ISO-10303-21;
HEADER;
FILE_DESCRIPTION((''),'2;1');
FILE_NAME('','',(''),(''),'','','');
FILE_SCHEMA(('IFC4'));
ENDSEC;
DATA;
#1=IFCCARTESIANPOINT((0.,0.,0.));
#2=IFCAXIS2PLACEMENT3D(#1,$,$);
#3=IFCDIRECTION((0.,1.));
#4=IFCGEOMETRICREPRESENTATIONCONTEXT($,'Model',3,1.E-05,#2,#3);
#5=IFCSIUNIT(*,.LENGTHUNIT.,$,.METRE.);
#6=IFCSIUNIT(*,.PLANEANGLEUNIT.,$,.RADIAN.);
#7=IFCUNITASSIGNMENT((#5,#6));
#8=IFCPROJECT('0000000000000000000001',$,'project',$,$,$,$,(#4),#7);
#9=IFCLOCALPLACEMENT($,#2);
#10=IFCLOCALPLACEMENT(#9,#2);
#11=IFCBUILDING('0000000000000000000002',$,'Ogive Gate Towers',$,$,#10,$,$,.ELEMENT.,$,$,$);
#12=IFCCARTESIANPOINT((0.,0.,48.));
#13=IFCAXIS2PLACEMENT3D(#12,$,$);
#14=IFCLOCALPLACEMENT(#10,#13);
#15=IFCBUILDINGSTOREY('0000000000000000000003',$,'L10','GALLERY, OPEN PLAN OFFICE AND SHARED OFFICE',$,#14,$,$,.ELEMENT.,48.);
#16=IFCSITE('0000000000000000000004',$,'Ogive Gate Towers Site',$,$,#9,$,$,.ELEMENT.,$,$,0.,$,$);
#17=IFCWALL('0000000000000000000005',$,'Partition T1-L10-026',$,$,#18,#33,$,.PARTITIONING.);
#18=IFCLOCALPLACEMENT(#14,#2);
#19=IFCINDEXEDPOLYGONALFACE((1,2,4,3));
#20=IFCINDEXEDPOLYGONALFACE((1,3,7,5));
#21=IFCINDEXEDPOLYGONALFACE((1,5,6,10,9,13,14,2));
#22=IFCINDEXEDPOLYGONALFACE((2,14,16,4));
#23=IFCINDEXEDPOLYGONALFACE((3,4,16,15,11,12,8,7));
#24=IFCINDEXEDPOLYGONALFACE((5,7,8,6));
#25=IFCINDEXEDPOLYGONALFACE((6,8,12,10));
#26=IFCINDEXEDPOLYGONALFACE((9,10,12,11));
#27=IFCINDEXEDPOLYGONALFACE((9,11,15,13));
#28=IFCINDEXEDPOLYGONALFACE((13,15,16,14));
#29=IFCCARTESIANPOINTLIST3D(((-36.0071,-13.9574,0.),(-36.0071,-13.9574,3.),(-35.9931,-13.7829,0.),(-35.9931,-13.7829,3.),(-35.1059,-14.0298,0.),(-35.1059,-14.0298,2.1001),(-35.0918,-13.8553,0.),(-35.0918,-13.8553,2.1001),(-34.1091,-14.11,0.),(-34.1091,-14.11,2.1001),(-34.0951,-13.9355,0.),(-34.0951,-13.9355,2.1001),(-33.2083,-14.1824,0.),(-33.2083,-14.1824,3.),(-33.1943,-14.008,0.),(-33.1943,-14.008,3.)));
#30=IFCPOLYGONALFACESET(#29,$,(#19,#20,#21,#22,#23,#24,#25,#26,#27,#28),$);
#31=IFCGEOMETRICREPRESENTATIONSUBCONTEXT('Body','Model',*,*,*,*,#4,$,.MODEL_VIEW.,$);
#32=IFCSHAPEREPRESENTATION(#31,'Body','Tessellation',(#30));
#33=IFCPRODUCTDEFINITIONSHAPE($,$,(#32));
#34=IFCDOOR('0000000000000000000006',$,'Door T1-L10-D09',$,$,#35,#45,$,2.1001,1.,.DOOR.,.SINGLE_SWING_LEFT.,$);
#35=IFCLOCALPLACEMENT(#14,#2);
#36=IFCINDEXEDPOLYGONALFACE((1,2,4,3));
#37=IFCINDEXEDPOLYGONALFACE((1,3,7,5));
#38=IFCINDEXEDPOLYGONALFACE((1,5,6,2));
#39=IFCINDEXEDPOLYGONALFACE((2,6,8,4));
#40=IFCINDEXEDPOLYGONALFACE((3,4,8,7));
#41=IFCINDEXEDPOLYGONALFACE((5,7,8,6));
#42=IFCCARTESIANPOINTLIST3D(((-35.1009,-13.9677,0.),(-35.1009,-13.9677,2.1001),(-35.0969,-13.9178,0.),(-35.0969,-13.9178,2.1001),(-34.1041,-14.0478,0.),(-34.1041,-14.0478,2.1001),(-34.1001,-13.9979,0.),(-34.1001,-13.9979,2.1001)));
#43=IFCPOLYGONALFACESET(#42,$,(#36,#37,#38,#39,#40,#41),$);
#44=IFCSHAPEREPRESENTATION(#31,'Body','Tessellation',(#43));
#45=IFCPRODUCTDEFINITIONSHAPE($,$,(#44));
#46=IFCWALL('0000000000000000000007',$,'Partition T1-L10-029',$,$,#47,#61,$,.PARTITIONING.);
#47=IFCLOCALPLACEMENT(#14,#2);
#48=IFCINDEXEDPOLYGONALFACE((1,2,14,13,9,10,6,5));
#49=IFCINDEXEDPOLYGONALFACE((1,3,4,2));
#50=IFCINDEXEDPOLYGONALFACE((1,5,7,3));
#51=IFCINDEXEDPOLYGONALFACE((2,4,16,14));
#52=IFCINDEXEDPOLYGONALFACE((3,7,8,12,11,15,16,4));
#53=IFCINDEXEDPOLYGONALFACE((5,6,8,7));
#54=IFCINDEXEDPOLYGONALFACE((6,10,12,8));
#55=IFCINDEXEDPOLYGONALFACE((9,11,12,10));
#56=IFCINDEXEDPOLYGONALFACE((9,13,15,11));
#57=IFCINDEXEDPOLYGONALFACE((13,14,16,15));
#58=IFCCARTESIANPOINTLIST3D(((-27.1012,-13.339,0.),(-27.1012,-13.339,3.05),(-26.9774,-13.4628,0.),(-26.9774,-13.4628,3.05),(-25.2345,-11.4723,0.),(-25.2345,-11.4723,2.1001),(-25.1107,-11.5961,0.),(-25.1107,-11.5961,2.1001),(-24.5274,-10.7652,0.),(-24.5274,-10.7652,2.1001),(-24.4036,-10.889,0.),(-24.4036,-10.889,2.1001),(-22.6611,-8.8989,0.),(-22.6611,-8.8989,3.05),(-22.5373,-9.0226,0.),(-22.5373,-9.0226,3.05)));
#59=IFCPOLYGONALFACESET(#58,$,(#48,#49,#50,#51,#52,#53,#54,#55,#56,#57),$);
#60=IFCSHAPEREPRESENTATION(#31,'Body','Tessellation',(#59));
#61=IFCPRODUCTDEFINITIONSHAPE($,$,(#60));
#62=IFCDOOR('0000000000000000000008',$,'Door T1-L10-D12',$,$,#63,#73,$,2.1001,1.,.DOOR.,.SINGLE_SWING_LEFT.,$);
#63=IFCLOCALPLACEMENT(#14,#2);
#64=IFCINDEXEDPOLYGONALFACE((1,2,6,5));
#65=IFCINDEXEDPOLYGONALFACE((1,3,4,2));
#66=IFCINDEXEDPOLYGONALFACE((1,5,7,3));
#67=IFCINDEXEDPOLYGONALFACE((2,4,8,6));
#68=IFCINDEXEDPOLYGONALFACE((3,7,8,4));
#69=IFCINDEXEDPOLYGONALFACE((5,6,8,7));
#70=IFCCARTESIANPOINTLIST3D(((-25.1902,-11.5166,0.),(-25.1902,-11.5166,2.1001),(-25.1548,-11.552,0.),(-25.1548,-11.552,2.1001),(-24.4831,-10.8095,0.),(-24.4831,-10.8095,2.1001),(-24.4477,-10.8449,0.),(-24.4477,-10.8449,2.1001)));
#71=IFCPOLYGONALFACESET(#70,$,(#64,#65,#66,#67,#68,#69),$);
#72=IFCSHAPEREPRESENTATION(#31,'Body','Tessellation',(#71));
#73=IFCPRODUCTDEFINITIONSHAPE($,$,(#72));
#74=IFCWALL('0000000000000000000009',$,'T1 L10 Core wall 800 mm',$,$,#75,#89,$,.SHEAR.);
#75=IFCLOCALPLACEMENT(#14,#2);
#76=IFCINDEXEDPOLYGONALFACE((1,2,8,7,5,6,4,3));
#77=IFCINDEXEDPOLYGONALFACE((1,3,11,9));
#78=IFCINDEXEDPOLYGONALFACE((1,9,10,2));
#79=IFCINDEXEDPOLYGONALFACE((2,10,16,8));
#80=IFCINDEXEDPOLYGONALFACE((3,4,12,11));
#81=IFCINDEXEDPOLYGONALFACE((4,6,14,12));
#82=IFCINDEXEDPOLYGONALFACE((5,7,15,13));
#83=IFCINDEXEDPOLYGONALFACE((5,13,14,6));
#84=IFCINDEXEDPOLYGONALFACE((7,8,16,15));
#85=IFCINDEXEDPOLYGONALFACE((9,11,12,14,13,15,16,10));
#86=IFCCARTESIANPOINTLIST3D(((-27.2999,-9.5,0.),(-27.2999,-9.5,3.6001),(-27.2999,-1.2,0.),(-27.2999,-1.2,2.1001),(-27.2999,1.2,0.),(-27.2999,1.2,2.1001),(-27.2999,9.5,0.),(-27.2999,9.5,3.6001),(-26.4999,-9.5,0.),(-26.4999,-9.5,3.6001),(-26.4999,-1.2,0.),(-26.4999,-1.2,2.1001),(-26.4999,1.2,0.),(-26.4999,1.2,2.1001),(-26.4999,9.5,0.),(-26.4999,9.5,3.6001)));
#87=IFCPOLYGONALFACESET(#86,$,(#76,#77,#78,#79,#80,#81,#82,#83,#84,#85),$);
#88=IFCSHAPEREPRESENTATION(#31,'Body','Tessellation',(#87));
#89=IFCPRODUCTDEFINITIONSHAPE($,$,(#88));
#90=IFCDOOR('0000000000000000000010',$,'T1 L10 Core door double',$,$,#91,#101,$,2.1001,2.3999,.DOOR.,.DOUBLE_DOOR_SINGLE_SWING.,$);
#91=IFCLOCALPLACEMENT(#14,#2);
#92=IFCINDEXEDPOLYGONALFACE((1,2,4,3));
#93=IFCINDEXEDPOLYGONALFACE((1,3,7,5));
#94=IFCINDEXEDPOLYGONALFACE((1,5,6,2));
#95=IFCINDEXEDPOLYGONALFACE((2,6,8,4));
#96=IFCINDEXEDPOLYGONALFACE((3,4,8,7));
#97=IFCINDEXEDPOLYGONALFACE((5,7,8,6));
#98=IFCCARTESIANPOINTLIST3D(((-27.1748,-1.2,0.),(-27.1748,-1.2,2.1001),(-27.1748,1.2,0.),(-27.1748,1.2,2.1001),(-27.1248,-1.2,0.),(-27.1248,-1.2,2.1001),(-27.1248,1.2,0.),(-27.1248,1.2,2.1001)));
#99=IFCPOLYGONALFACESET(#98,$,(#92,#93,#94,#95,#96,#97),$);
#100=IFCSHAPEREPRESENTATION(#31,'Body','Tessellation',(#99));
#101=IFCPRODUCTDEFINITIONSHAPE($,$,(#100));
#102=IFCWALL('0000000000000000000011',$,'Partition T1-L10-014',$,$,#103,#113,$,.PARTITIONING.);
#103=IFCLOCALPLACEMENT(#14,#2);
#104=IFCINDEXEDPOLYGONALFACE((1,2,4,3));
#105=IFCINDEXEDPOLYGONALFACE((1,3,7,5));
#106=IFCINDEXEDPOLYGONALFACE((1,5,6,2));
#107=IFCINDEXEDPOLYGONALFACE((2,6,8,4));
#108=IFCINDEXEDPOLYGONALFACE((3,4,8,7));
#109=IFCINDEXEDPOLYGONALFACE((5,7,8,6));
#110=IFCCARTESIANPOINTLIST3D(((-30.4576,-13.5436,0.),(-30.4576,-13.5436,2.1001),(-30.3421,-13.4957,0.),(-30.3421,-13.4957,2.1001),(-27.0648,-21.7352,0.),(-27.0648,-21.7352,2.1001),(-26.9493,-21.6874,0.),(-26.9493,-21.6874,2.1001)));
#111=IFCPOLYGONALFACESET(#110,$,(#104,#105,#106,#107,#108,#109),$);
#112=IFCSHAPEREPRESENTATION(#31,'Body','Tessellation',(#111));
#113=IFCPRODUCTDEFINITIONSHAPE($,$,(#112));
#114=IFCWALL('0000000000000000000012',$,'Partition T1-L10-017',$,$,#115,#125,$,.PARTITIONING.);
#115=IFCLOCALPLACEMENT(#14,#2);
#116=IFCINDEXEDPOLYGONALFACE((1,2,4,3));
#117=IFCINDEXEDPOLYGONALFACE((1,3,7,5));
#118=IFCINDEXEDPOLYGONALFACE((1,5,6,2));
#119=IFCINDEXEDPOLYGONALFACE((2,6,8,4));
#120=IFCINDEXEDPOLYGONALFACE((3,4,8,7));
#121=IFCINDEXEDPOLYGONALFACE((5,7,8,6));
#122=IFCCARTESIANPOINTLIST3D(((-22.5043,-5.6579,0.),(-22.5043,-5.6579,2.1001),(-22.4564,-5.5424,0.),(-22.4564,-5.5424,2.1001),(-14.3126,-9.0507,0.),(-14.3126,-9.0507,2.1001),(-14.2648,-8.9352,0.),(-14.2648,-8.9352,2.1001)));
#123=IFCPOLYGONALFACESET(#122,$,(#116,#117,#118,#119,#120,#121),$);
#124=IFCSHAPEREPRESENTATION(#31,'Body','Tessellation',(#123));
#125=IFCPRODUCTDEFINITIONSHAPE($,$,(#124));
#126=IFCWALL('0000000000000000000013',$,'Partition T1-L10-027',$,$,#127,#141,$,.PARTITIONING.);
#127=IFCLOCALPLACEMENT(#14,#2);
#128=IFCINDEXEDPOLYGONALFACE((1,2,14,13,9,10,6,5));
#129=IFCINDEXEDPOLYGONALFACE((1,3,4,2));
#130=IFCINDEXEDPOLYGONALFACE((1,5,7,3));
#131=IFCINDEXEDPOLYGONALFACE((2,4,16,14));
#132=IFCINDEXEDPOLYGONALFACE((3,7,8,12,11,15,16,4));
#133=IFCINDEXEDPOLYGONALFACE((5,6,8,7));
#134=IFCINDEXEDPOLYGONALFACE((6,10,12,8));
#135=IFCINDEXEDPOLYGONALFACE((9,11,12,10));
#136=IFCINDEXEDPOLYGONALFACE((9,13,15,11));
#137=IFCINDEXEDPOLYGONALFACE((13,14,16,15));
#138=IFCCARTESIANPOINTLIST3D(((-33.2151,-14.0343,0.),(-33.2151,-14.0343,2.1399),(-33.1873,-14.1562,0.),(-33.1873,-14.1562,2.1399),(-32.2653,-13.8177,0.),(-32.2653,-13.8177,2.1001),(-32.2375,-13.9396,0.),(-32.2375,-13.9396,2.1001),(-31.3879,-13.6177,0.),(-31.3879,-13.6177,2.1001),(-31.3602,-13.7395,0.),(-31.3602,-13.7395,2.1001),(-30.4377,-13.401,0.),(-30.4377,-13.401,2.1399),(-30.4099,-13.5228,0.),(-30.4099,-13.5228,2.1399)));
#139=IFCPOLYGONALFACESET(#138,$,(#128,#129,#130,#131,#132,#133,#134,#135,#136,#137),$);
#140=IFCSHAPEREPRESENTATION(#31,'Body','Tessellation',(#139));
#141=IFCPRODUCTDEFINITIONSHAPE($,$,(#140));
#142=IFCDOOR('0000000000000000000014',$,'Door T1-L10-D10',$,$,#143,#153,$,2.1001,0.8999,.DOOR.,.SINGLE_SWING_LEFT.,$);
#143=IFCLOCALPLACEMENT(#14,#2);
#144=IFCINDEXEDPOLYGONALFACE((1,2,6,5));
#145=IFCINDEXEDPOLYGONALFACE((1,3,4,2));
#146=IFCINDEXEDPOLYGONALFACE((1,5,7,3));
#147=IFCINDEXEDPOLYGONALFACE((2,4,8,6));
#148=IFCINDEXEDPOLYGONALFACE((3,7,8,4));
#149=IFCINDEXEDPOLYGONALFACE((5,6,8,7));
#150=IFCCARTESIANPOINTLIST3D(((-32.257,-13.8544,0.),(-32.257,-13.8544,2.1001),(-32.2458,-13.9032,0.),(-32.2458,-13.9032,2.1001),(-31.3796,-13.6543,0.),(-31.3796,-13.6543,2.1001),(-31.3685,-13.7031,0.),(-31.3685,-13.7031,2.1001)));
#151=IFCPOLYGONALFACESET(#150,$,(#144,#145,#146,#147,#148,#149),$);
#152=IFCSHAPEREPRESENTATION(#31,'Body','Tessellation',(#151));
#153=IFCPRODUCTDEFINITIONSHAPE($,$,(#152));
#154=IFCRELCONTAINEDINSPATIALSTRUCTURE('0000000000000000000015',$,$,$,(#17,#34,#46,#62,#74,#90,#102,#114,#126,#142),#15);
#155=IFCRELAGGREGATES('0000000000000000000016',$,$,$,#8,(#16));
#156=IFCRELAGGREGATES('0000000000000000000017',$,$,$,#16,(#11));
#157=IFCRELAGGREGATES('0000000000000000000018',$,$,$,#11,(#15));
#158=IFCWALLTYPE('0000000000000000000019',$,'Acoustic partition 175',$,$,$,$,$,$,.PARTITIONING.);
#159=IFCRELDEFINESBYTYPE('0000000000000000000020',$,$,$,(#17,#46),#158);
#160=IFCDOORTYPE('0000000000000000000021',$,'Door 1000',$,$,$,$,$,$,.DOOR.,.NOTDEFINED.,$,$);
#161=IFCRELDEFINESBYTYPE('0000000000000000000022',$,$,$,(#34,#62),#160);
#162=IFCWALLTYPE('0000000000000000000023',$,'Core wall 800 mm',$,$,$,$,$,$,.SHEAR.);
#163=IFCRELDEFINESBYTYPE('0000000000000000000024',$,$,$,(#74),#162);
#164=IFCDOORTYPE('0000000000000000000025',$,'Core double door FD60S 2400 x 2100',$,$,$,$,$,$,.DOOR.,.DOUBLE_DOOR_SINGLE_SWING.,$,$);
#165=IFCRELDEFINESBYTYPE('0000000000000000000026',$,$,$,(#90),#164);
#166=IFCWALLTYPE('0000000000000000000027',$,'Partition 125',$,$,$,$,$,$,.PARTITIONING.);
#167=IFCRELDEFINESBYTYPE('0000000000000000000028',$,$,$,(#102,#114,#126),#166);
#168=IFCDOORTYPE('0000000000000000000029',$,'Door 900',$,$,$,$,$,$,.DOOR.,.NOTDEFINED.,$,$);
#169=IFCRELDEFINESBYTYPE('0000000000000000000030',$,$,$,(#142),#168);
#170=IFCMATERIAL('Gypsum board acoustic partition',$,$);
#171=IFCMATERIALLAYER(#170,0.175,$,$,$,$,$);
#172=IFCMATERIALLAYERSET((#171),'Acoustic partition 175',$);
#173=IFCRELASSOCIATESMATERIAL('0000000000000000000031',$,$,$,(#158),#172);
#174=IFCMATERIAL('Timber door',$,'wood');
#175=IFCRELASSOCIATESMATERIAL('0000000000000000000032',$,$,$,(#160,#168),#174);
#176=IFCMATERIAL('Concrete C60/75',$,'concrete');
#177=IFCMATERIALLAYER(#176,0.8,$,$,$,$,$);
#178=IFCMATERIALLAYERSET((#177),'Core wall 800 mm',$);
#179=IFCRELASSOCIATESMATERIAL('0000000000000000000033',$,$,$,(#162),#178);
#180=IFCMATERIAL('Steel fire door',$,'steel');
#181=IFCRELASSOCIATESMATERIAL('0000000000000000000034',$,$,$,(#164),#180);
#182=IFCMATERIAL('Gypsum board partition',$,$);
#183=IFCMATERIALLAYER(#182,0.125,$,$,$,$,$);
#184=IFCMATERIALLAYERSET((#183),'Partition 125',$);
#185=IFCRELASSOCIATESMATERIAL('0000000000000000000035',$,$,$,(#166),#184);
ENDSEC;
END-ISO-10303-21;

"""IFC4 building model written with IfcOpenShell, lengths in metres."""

from ifc_helpers import new_model, si_unit, direction, frame, frame_2d, origin, place, context, subcontext, project, spatial, rectangle, extrude, material, layer, layer_set, type_object, element, fill, save


model = new_model("IFC4")

# Units and contexts
model_context = context("Model", 3, precision=1e-05, world=origin(), true_north=direction((0.0, 1.0)))
body_context = subcontext(model_context, "Body", "Model", "MODEL_VIEW")
ifc_project = project(units=[si_unit("LENGTHUNIT", "METRE"), si_unit("PLANEANGLEUNIT", "RADIAN")], contexts=[model_context])

# Site, building, storey
site_placement = place(None, origin())
site = spatial("IfcSite", under=ifc_project, at=site_placement, Name="Ogive Gate Towers Site", CompositionType="ELEMENT", RefElevation=0.0)
building_placement = place(site_placement, origin())
building = spatial("IfcBuilding", under=site, at=building_placement, Name="Ogive Gate Towers", CompositionType="ELEMENT")
storey_placement = place(building_placement, frame((0.0, 0.0, 48.0)))
storey = spatial("IfcBuildingStorey", under=building, at=storey_placement, Name="L10", Description="GALLERY, OPEN PLAN OFFICE AND SHARED OFFICE", CompositionType="ELEMENT", Elevation=48.0)

# Shared definitions
ifc_material_1 = material(Name="Gypsum board acoustic partition")
ifc_layer_1 = layer(ifc_material_1, 0.175)
ifc_layer_set_1 = layer_set([ifc_layer_1], Name="Acoustic partition 175")
wall_type_1 = type_object("IfcWallType", Name="Acoustic partition 175", PredefinedType="PARTITIONING", material=ifc_layer_set_1)

# Walls, openings, doors
wall_1_placement = place(storey_placement, frame((-36.0, -13.8701, 0.0), z_axis=(0.0, 0.0, 1.0), x_axis=(0.996781, -0.080167, 0.0)))
wall_1 = element("IfcWall", 1, at=wall_1_placement, inside=storey, type_object=wall_type_1, Name="Partition T1-L10-026", PredefinedType="PARTITIONING", context=body_context, shape_type="SweptSolid", body=[
    extrude(rectangle(XDim=2.8079, YDim=0.175, at=frame_2d((1.4038, 0.0))), origin(), (0.0, 0.0, 1.0), 3.0),
])
opening_1_placement = place(wall_1_placement, frame((0.9041, 0.0, 0.0)))
opening_1 = element("IfcOpeningElement", 2, at=opening_1_placement, cuts=wall_1, PredefinedType="OPENING", context=body_context, shape_type="SweptSolid", body=[
    extrude(rectangle(XDim=1.0, YDim=2.1001, at=frame_2d((0.5, 1.05))), frame((0.0, 0.0977, 0.0), z_axis=(0.0, -1.0, 0.0), x_axis=(1.0, 0.0, 0.0)), (0.0, 0.0, 1.0), 0.1951),
])
ifc_material_2 = material(Name="Timber door", Category="wood")
door_type_1 = type_object("IfcDoorType", Name="Door 1000", OperationType="NOTDEFINED", PredefinedType="DOOR", material=ifc_material_2)
door_1_placement = place(opening_1_placement, origin())
door_1 = element("IfcDoor", 3, at=door_1_placement, inside=storey, type_object=door_type_1, Name="Door T1-L10-D09", OperationType="SINGLE_SWING_LEFT", OverallHeight=2.1001, OverallWidth=1.0, PredefinedType="DOOR", context=body_context, shape_type="SweptSolid", body=[
    extrude(rectangle(XDim=1.0, YDim=2.1001, at=frame_2d((0.5, 1.05))), frame((0.0, 0.0249, 0.0), z_axis=(0.0, -1.0, 0.0), x_axis=(1.0, 0.0, 0.0)), (0.0, 0.0, 1.0), 0.05),
])
fill(opening_1, door_1)
wall_2_placement = place(storey_placement, frame((-27.0393, -13.4009, 0.0), z_axis=(0.0, 0.0, 1.0), x_axis=(0.707107, 0.707107, 0.0)))
wall_2 = element("IfcWall", 4, at=wall_2_placement, inside=storey, type_object=wall_type_1, Name="Partition T1-L10-029", PredefinedType="PARTITIONING", context=body_context, shape_type="SweptSolid", body=[
    extrude(rectangle(XDim=6.2793, YDim=0.175, at=frame_2d((3.1396, 0.0))), origin(), (0.0, 0.0, 1.0), 3.05),
])
opening_2_placement = place(wall_2_placement, frame((2.6399, 0.0, 0.0)))
opening_2 = element("IfcOpeningElement", 5, at=opening_2_placement, cuts=wall_2, PredefinedType="OPENING", context=body_context, shape_type="SweptSolid", body=[
    extrude(rectangle(XDim=1.0, YDim=2.1001, at=frame_2d((0.5, 1.05))), frame((0.0, 0.0977, 0.0), z_axis=(0.0, -1.0, 0.0), x_axis=(1.0, 0.0, 0.0)), (0.0, 0.0, 1.0), 0.1951),
])
door_2_placement = place(opening_2_placement, origin())
door_2 = element("IfcDoor", 6, at=door_2_placement, inside=storey, type_object=door_type_1, Name="Door T1-L10-D12", OperationType="SINGLE_SWING_LEFT", OverallHeight=2.1001, OverallWidth=1.0, PredefinedType="DOOR", context=body_context, shape_type="SweptSolid", body=[
    extrude(rectangle(XDim=1.0, YDim=2.1001, at=frame_2d((0.5, 1.05))), frame((0.0, 0.0249, 0.0), z_axis=(0.0, -1.0, 0.0), x_axis=(1.0, 0.0, 0.0)), (0.0, 0.0, 1.0), 0.05),
])
fill(opening_2, door_2)
ifc_material_3 = material(Name="Concrete C60/75", Category="concrete")
ifc_layer_2 = layer(ifc_material_3, 0.8)
ifc_layer_set_2 = layer_set([ifc_layer_2], Name="Core wall 800 mm")
wall_type_2 = type_object("IfcWallType", Name="Core wall 800 mm", PredefinedType="SHEAR", material=ifc_layer_set_2)
wall_3_placement = place(storey_placement, frame((-26.8999, -9.5, 0.0), z_axis=(0.0, 0.0, 1.0), x_axis=(0.0, 1.0, 0.0)))
wall_3 = element("IfcWall", 7, at=wall_3_placement, inside=storey, type_object=wall_type_2, Name="T1 L10 Core wall 800 mm", PredefinedType="SHEAR", context=body_context, shape_type="SweptSolid", body=[
    extrude(rectangle(XDim=19.0, YDim=0.8, at=frame_2d((9.5, 0.0))), origin(), (0.0, 0.0, 1.0), 3.6001),
])
opening_3_placement = place(wall_3_placement, frame((8.3, 0.0, 0.0)))
opening_3 = element("IfcOpeningElement", 8, at=opening_3_placement, cuts=wall_3, PredefinedType="OPENING", context=body_context, shape_type="SweptSolid", body=[
    extrude(rectangle(XDim=2.3999, YDim=2.1001, at=frame_2d((1.2, 1.05))), frame((0.0, 0.4102, 0.0), z_axis=(0.0, -1.0, 0.0), x_axis=(1.0, 0.0, 0.0)), (0.0, 0.0, 1.0), 0.8201),
])
ifc_material_4 = material(Name="Steel fire door", Category="steel")
door_type_2 = type_object("IfcDoorType", Name="Core double door FD60S 2400 x 2100", OperationType="DOUBLE_DOOR_SINGLE_SWING", PredefinedType="DOOR", material=ifc_material_4)
door_3_placement = place(opening_3_placement, origin())
door_3 = element("IfcDoor", 9, at=door_3_placement, inside=storey, type_object=door_type_2, Name="T1 L10 Core door double", OperationType="DOUBLE_DOOR_SINGLE_SWING", OverallHeight=2.1001, OverallWidth=2.3999, PredefinedType="DOOR", context=body_context, shape_type="SweptSolid", body=[
    extrude(rectangle(XDim=2.3999, YDim=2.1001, at=frame_2d((1.2, 1.05))), frame((0.0, 0.2749, 0.0), z_axis=(0.0, -1.0, 0.0), x_axis=(1.0, 0.0, 0.0)), (0.0, 0.0, 1.0), 0.05),
])
fill(opening_3, door_3)

# Walls
ifc_material_5 = material(Name="Gypsum board partition")
ifc_layer_3 = layer(ifc_material_5, 0.125)
ifc_layer_set_3 = layer_set([ifc_layer_3], Name="Partition 125")
wall_type_3 = type_object("IfcWallType", Name="Partition 125", PredefinedType="PARTITIONING", material=ifc_layer_set_3)
for number, where, z_axis, x_axis, name in (
    (10, (-27.0071, -21.7112, 0.0), (0.0, 0.0, 1.0), (-0.382657, 0.92389, 0.0), "Partition T1-L10-014"),
    (11, (-14.2888, -8.9929, 0.0), (0.0, 0.0, 1.0), (-0.92389, 0.382657, 0.0), "Partition T1-L10-017"),
):
    element("IfcWall", number, at=place(storey_placement, frame(where, z_axis=z_axis, x_axis=x_axis)), inside=storey, type_object=wall_type_3, Name=name, PredefinedType="PARTITIONING", context=body_context, shape_type="SweptSolid", body=[
        extrude(rectangle(XDim=8.8665, YDim=0.125, at=frame_2d((4.4331, 0.0))), origin(), (0.0, 0.0, 1.0), 2.1001),
    ])

# Wall, opening, door
wall_4_placement = place(storey_placement, frame((-33.2012, -14.0952, 0.0), z_axis=(0.0, 0.0, 1.0), x_axis=(0.974974, 0.222317, 0.0)))
wall_4 = element("IfcWall", 12, at=wall_4_placement, inside=storey, type_object=wall_type_3, Name="Partition T1-L10-027", PredefinedType="PARTITIONING", context=body_context, shape_type="SweptSolid", body=[
    extrude(rectangle(XDim=2.8486, YDim=0.125, at=frame_2d((1.4243, 0.0))), origin(), (0.0, 0.0, 1.0), 2.1399),
])
opening_4_placement = place(wall_4_placement, frame((0.9741, 0.0, 0.0)))
opening_4 = element("IfcOpeningElement", 13, at=opening_4_placement, cuts=wall_4, PredefinedType="OPENING", context=body_context, shape_type="SweptSolid", body=[
    extrude(rectangle(XDim=0.8999, YDim=2.1001, at=frame_2d((0.45, 1.05))), frame((0.0, 0.0725, 0.0), z_axis=(0.0, -1.0, 0.0), x_axis=(1.0, 0.0, 0.0)), (0.0, 0.0, 1.0), 0.145),
])
door_type_3 = type_object("IfcDoorType", Name="Door 900", OperationType="NOTDEFINED", PredefinedType="DOOR", material=ifc_material_2)
door_4_placement = place(opening_4_placement, origin())
door_4 = element("IfcDoor", 14, at=door_4_placement, inside=storey, type_object=door_type_3, Name="Door T1-L10-D10", OperationType="SINGLE_SWING_LEFT", OverallHeight=2.1001, OverallWidth=0.8999, PredefinedType="DOOR", context=body_context, shape_type="SweptSolid", body=[
    extrude(rectangle(XDim=0.8999, YDim=2.1001, at=frame_2d((0.45, 1.05))), frame((0.0, 0.0249, 0.0), z_axis=(0.0, -1.0, 0.0), x_axis=(1.0, 0.0, 0.0)), (0.0, 0.0, 1.0), 0.05),
])
fill(opening_4, door_4)

save(model, "model.ifc")
